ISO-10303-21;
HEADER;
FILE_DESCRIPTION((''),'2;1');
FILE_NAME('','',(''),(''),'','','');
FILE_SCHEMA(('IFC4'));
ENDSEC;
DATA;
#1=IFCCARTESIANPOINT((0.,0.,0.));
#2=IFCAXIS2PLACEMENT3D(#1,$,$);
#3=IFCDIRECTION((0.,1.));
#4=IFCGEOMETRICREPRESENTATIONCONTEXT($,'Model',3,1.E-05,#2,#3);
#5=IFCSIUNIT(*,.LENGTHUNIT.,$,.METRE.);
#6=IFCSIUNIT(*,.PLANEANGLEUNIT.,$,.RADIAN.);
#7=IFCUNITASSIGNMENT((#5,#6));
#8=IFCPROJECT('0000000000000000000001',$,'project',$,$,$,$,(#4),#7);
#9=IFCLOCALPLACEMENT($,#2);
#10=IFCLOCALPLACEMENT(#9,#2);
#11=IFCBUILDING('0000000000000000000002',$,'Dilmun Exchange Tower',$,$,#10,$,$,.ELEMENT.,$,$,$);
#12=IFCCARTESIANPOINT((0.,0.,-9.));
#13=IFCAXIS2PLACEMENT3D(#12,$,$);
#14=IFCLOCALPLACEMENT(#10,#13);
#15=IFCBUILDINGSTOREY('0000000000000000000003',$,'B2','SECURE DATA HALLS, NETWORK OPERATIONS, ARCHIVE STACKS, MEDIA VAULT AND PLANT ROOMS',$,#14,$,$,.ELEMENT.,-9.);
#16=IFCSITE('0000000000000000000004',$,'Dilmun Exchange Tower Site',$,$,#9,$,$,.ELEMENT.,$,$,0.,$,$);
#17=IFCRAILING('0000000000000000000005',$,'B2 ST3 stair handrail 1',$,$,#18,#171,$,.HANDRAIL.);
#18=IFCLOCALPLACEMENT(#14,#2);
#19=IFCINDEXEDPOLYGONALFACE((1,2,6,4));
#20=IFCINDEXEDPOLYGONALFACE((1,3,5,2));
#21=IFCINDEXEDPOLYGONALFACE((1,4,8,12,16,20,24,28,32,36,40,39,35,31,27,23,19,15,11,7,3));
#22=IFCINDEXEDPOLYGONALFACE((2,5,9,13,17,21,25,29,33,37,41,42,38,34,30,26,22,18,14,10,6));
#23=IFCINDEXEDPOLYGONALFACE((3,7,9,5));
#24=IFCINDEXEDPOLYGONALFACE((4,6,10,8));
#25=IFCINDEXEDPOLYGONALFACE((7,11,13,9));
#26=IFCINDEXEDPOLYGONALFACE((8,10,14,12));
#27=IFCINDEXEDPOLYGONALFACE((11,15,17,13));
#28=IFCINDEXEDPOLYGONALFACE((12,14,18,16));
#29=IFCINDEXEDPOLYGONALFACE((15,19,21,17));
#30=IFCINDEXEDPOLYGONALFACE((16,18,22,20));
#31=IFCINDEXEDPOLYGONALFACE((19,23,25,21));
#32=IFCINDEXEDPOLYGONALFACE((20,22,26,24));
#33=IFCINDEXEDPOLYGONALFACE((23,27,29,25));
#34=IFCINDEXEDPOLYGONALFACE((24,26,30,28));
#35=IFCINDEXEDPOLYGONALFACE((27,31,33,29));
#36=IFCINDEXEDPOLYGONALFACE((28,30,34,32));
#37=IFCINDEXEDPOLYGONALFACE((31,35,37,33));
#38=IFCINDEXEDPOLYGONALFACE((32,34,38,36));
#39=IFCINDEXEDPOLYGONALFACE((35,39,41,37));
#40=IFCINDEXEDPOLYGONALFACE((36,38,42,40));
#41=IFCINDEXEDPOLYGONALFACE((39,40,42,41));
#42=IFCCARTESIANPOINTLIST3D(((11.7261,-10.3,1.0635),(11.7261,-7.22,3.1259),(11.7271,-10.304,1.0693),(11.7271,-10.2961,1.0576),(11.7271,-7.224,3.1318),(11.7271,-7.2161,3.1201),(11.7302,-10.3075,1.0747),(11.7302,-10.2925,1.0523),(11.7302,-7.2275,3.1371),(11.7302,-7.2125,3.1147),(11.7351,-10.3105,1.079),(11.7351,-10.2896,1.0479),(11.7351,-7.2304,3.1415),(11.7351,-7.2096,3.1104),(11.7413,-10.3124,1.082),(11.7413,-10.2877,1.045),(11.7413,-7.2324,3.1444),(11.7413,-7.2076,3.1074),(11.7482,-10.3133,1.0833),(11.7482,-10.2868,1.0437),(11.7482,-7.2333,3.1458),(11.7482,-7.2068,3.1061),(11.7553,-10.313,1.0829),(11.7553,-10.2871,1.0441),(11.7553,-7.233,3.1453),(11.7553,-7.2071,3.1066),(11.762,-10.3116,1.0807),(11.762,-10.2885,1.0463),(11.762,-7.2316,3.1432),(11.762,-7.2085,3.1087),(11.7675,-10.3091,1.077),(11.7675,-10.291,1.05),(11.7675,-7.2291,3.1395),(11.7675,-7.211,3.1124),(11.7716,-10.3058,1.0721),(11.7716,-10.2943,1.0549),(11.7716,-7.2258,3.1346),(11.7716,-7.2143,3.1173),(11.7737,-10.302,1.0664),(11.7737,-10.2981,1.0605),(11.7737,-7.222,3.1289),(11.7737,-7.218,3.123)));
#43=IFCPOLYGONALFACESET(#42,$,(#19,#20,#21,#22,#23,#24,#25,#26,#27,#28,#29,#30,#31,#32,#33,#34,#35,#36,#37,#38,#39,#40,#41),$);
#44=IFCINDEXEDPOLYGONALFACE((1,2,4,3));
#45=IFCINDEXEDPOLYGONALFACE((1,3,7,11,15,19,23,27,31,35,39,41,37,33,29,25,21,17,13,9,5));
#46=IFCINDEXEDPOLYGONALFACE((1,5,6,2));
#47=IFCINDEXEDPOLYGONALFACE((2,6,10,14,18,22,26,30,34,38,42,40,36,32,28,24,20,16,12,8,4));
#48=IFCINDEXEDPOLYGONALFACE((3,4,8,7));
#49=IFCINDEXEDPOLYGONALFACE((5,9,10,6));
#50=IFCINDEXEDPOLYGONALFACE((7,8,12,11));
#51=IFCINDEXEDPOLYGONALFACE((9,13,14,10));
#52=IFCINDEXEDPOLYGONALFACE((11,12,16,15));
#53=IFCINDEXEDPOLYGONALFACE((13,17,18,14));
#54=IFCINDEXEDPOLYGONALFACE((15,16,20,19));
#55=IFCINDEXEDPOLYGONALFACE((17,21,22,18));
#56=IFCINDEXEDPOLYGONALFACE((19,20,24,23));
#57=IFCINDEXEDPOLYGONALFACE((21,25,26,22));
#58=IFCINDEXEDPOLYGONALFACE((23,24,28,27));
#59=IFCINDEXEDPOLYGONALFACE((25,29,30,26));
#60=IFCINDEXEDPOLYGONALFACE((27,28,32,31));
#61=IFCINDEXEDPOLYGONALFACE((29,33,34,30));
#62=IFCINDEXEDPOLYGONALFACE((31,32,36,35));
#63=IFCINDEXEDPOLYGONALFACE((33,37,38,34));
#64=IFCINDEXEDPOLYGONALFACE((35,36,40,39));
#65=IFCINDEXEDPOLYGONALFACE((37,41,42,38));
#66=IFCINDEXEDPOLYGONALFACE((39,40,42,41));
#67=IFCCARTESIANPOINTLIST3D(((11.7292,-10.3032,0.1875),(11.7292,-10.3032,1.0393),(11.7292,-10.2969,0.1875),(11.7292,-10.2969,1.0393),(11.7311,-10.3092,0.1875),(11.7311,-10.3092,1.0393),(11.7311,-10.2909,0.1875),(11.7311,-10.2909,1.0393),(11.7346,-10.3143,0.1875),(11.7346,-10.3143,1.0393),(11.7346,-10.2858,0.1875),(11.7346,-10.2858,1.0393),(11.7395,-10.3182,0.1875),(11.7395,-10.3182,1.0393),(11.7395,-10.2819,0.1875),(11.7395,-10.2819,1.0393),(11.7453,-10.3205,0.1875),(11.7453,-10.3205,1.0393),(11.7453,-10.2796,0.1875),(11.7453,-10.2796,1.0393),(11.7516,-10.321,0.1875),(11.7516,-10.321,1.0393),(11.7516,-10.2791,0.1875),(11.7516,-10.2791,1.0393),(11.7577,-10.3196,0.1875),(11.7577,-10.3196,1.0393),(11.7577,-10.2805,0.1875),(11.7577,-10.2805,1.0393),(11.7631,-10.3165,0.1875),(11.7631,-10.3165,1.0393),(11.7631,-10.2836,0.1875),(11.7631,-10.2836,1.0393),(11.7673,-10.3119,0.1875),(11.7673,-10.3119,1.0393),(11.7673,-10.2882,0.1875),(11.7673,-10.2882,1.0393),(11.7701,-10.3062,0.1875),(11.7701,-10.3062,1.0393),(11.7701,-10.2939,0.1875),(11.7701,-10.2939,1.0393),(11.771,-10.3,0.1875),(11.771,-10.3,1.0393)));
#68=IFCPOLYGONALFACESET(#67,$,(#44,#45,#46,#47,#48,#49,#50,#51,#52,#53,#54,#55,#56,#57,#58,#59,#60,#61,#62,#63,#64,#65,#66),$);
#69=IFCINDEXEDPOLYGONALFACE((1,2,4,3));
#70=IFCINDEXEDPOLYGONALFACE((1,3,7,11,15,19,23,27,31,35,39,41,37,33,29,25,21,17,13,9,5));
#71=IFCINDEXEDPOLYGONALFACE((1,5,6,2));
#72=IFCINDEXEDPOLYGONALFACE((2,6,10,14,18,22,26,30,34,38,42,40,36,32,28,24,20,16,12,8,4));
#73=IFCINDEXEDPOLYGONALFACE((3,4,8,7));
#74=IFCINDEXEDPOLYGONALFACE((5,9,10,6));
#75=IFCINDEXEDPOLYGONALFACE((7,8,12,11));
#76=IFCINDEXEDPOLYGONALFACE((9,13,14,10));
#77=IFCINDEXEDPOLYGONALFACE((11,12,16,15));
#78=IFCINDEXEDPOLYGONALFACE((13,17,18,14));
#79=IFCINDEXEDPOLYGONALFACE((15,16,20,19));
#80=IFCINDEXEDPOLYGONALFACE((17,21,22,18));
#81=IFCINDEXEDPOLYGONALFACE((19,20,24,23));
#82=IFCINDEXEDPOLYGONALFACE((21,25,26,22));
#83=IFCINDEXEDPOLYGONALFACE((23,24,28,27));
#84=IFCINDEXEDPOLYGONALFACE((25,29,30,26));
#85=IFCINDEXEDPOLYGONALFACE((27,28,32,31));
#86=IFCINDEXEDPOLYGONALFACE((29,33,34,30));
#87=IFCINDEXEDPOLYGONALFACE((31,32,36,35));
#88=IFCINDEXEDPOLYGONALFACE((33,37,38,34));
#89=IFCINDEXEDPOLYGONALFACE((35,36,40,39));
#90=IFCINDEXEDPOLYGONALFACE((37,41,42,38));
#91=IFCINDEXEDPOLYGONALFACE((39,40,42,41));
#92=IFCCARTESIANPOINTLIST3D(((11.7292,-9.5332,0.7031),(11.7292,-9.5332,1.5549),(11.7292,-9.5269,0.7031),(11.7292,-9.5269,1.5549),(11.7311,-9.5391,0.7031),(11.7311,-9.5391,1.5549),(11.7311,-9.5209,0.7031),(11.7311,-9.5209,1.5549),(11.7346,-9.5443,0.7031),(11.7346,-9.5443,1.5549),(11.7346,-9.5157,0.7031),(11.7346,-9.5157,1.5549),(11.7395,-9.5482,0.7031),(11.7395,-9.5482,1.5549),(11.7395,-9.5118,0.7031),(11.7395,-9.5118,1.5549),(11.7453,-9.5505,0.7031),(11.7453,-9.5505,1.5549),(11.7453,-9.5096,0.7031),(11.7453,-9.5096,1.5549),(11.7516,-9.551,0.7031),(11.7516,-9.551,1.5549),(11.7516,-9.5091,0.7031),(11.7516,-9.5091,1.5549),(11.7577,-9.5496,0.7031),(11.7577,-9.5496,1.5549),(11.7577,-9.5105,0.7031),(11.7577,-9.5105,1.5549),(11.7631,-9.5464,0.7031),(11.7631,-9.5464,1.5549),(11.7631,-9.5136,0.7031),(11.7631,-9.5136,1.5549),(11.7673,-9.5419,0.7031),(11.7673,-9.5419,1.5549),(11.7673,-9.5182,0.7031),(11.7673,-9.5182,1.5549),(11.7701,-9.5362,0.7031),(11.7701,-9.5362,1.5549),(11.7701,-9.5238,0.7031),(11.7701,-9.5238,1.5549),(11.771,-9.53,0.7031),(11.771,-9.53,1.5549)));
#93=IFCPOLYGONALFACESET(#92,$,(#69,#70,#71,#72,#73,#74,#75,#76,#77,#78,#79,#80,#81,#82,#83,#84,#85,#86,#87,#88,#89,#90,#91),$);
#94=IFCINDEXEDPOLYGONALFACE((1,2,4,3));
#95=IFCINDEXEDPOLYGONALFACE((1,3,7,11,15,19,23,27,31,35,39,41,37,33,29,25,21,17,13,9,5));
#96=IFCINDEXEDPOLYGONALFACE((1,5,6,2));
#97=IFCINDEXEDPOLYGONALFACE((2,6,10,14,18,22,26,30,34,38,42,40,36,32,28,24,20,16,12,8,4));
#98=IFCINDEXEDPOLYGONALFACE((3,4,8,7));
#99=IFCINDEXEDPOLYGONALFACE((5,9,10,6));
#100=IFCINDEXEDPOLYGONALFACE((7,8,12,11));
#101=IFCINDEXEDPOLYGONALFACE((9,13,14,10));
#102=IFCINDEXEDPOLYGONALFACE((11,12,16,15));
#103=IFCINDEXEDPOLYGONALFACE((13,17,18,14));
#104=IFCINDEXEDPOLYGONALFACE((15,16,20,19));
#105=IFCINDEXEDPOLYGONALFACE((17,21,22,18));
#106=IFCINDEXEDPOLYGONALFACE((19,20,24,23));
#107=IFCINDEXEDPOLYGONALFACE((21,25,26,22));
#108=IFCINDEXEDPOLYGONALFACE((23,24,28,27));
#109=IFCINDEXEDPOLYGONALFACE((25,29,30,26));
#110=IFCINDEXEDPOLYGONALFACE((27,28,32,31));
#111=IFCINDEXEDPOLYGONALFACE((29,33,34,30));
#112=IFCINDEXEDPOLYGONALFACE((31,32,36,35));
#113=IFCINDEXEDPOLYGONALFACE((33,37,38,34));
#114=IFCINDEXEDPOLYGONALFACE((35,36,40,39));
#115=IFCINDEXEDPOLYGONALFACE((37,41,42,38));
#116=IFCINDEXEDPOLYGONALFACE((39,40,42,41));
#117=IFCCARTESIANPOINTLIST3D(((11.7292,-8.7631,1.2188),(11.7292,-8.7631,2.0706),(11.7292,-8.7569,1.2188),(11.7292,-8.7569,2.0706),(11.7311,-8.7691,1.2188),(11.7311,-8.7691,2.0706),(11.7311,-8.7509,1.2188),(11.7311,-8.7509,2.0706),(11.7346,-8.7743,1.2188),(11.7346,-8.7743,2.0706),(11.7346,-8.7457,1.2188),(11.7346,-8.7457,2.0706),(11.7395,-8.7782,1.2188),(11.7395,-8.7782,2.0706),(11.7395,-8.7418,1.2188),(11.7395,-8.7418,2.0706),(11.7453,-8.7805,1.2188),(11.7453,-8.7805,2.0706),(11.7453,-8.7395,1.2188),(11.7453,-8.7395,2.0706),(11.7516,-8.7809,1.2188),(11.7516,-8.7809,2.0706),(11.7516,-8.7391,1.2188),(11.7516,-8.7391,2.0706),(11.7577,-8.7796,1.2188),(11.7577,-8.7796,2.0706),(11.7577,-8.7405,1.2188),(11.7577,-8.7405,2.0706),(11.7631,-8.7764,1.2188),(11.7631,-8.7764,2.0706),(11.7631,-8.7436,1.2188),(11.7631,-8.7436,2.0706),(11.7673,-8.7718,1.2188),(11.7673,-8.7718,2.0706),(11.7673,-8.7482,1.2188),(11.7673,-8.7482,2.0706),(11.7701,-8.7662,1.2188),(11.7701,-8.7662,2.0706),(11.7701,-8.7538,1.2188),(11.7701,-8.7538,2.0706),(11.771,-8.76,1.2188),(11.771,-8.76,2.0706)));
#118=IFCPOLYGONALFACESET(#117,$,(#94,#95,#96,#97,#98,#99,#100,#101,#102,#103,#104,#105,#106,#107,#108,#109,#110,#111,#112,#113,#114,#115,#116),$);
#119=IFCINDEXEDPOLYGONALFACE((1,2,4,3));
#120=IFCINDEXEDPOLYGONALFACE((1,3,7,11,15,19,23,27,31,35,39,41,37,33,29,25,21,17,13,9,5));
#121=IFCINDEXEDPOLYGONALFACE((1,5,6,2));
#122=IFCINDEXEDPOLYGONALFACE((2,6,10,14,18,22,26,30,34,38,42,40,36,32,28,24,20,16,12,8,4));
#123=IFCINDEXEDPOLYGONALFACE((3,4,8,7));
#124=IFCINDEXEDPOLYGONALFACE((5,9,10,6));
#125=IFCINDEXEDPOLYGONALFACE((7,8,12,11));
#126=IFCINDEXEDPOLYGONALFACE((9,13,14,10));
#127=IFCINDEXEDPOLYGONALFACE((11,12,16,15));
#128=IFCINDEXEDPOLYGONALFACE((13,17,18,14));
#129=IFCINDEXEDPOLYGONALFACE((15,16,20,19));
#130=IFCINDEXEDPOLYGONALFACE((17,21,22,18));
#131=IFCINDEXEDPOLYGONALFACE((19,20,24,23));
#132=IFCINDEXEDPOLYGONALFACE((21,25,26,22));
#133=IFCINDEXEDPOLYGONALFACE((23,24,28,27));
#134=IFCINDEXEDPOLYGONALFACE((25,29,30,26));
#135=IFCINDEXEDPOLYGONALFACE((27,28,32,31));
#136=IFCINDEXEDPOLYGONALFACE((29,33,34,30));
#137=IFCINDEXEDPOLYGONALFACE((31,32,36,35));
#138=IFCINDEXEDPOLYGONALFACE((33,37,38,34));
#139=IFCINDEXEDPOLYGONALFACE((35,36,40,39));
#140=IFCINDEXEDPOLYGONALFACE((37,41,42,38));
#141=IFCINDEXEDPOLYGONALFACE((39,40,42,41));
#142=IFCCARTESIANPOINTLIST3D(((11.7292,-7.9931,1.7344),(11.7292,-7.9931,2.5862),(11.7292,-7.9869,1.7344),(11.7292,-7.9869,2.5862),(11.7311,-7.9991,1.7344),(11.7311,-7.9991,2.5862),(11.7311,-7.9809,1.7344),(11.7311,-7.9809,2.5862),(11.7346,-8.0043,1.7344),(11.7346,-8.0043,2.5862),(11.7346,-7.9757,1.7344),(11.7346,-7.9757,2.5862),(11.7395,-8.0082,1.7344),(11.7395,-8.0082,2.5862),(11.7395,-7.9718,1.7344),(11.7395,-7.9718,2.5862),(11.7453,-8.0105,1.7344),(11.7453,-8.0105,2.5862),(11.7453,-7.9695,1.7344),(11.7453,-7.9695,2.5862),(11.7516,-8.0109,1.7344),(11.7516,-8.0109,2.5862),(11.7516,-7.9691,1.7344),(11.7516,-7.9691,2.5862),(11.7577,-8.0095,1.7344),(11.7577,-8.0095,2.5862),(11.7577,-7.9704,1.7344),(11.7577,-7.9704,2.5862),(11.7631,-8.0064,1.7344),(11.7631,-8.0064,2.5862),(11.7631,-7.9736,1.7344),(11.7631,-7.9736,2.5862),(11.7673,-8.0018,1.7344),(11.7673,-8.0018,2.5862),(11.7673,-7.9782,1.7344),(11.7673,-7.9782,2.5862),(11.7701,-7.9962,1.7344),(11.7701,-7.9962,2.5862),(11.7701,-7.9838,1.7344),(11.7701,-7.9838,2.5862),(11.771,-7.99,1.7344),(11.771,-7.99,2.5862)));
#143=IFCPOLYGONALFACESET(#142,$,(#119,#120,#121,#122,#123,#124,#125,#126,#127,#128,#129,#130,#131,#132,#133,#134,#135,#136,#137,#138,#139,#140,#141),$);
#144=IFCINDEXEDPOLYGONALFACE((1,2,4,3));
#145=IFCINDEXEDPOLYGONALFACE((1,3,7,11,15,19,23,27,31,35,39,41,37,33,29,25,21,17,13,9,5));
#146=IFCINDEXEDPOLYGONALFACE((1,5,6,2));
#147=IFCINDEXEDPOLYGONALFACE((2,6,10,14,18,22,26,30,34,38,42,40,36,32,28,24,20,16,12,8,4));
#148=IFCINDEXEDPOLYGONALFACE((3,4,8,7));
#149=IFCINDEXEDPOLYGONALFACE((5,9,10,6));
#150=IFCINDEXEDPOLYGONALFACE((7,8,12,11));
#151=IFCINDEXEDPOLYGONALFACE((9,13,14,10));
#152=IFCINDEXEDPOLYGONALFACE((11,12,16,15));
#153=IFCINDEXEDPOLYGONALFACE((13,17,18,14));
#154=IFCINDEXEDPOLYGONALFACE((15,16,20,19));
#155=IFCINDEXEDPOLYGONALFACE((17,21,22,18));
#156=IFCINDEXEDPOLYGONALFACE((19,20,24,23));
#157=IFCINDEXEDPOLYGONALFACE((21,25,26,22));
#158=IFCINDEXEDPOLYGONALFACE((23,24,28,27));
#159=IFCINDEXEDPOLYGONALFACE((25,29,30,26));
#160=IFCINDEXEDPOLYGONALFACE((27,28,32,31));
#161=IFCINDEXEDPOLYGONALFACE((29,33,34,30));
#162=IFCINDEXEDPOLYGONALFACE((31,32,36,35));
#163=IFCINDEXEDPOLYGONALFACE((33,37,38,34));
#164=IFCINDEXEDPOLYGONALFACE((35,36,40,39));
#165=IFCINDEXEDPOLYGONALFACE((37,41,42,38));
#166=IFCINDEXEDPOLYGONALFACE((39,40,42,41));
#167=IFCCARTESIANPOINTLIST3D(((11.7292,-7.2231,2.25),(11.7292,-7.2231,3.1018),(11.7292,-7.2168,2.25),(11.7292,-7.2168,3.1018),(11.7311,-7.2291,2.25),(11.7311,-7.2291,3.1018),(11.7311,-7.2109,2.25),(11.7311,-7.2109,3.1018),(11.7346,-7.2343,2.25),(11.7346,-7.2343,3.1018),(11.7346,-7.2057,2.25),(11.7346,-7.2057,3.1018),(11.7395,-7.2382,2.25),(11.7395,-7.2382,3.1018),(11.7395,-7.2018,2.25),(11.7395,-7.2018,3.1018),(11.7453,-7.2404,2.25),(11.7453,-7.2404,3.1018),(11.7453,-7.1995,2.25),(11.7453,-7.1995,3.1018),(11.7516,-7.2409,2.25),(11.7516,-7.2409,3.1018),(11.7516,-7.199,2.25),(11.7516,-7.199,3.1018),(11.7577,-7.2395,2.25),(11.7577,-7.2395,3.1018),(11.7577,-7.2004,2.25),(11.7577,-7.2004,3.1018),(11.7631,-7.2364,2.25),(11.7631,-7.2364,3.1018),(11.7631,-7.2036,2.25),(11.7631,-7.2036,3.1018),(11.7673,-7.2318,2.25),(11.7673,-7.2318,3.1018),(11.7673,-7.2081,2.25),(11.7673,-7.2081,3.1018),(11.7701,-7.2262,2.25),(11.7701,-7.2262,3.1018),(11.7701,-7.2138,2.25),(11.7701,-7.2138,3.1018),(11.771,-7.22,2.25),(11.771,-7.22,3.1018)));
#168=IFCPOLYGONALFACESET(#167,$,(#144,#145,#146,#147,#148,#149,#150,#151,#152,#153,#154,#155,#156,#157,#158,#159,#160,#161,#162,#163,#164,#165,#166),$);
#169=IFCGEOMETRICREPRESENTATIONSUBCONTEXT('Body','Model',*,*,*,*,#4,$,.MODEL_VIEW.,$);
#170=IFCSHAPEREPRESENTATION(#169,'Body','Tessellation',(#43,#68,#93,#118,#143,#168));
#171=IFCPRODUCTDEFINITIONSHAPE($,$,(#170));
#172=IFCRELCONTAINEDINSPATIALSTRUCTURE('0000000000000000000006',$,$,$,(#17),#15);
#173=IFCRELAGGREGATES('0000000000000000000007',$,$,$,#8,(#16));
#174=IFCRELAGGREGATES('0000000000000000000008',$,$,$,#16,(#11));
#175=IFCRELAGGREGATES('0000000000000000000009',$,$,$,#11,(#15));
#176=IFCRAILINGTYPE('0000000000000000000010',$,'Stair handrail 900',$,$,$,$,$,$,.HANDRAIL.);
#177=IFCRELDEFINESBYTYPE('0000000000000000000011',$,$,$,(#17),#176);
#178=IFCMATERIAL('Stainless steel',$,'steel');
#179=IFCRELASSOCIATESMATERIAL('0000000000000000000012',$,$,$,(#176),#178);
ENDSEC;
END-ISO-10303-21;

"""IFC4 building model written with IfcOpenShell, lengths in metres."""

from ifc_helpers import new_model, si_unit, direction, frame, origin, origin_2d, place, context, subcontext, project, spatial, circle, extrude, material, type_object, element, save


model = new_model("IFC4")

# Units and contexts
model_context = context("Model", 3, precision=1e-05, world=origin(), true_north=direction((0.0, 1.0)))
body_context = subcontext(model_context, "Body", "Model", "MODEL_VIEW")
ifc_project = project(units=[si_unit("LENGTHUNIT", "METRE"), si_unit("PLANEANGLEUNIT", "RADIAN")], contexts=[model_context])

# Site, building, storey
site_placement = place(None, origin())
site = spatial("IfcSite", under=ifc_project, at=site_placement, Name="Dilmun Exchange Tower Site", CompositionType="ELEMENT", RefElevation=0.0)
building_placement = place(site_placement, origin())
building = spatial("IfcBuilding", under=site, at=building_placement, Name="Dilmun Exchange Tower", CompositionType="ELEMENT")
storey_placement = place(building_placement, frame((0.0, 0.0, -9.0)))
storey = spatial("IfcBuildingStorey", under=building, at=storey_placement, Name="B2", Description="SECURE DATA HALLS, NETWORK OPERATIONS, ARCHIVE STACKS, MEDIA VAULT AND PLANT ROOMS", CompositionType="ELEMENT", Elevation=-9.0)

# Railing
ifc_material_1 = material(Name="Stainless steel", Category="steel")
railing_type = type_object("IfcRailingType", Name="Stair handrail 900", PredefinedType="HANDRAIL", material=ifc_material_1)
railing_1_placement = place(storey_placement, frame((11.75, -10.3, 0.1875)))
element("IfcRailing", 1, at=railing_1_placement, inside=storey, type_object=railing_type, Name="B2 ST3 stair handrail 1", PredefinedType="HANDRAIL", context=body_context, shape_type="SweptSolid", body=[
    extrude(circle(Radius=0.0239, at=origin_2d()), frame((0.0, 0.0, 0.876), z_axis=(0.0, 0.830914, 0.556401), x_axis=(-1.0, 0.0, 0.0)), (0.0, 0.0, 1.0), 3.7068),
    extrude(circle(Radius=0.021, at=origin_2d()), origin(), (0.0, 0.0, 1.0), 0.8518),
    extrude(circle(Radius=0.021, at=origin_2d()), frame((0.0, 0.77, 0.5156)), (0.0, 0.0, 1.0), 0.8518),
    extrude(circle(Radius=0.021, at=origin_2d()), frame((0.0, 1.54, 1.0312)), (0.0, 0.0, 1.0), 0.8518),
    extrude(circle(Radius=0.021, at=origin_2d()), frame((0.0, 2.3101, 1.5469)), (0.0, 0.0, 1.0), 0.8518),
    extrude(circle(Radius=0.021, at=origin_2d()), frame((0.0, 3.0801, 2.0625)), (0.0, 0.0, 1.0), 0.8518),
])

save(model, "model.ifc")
